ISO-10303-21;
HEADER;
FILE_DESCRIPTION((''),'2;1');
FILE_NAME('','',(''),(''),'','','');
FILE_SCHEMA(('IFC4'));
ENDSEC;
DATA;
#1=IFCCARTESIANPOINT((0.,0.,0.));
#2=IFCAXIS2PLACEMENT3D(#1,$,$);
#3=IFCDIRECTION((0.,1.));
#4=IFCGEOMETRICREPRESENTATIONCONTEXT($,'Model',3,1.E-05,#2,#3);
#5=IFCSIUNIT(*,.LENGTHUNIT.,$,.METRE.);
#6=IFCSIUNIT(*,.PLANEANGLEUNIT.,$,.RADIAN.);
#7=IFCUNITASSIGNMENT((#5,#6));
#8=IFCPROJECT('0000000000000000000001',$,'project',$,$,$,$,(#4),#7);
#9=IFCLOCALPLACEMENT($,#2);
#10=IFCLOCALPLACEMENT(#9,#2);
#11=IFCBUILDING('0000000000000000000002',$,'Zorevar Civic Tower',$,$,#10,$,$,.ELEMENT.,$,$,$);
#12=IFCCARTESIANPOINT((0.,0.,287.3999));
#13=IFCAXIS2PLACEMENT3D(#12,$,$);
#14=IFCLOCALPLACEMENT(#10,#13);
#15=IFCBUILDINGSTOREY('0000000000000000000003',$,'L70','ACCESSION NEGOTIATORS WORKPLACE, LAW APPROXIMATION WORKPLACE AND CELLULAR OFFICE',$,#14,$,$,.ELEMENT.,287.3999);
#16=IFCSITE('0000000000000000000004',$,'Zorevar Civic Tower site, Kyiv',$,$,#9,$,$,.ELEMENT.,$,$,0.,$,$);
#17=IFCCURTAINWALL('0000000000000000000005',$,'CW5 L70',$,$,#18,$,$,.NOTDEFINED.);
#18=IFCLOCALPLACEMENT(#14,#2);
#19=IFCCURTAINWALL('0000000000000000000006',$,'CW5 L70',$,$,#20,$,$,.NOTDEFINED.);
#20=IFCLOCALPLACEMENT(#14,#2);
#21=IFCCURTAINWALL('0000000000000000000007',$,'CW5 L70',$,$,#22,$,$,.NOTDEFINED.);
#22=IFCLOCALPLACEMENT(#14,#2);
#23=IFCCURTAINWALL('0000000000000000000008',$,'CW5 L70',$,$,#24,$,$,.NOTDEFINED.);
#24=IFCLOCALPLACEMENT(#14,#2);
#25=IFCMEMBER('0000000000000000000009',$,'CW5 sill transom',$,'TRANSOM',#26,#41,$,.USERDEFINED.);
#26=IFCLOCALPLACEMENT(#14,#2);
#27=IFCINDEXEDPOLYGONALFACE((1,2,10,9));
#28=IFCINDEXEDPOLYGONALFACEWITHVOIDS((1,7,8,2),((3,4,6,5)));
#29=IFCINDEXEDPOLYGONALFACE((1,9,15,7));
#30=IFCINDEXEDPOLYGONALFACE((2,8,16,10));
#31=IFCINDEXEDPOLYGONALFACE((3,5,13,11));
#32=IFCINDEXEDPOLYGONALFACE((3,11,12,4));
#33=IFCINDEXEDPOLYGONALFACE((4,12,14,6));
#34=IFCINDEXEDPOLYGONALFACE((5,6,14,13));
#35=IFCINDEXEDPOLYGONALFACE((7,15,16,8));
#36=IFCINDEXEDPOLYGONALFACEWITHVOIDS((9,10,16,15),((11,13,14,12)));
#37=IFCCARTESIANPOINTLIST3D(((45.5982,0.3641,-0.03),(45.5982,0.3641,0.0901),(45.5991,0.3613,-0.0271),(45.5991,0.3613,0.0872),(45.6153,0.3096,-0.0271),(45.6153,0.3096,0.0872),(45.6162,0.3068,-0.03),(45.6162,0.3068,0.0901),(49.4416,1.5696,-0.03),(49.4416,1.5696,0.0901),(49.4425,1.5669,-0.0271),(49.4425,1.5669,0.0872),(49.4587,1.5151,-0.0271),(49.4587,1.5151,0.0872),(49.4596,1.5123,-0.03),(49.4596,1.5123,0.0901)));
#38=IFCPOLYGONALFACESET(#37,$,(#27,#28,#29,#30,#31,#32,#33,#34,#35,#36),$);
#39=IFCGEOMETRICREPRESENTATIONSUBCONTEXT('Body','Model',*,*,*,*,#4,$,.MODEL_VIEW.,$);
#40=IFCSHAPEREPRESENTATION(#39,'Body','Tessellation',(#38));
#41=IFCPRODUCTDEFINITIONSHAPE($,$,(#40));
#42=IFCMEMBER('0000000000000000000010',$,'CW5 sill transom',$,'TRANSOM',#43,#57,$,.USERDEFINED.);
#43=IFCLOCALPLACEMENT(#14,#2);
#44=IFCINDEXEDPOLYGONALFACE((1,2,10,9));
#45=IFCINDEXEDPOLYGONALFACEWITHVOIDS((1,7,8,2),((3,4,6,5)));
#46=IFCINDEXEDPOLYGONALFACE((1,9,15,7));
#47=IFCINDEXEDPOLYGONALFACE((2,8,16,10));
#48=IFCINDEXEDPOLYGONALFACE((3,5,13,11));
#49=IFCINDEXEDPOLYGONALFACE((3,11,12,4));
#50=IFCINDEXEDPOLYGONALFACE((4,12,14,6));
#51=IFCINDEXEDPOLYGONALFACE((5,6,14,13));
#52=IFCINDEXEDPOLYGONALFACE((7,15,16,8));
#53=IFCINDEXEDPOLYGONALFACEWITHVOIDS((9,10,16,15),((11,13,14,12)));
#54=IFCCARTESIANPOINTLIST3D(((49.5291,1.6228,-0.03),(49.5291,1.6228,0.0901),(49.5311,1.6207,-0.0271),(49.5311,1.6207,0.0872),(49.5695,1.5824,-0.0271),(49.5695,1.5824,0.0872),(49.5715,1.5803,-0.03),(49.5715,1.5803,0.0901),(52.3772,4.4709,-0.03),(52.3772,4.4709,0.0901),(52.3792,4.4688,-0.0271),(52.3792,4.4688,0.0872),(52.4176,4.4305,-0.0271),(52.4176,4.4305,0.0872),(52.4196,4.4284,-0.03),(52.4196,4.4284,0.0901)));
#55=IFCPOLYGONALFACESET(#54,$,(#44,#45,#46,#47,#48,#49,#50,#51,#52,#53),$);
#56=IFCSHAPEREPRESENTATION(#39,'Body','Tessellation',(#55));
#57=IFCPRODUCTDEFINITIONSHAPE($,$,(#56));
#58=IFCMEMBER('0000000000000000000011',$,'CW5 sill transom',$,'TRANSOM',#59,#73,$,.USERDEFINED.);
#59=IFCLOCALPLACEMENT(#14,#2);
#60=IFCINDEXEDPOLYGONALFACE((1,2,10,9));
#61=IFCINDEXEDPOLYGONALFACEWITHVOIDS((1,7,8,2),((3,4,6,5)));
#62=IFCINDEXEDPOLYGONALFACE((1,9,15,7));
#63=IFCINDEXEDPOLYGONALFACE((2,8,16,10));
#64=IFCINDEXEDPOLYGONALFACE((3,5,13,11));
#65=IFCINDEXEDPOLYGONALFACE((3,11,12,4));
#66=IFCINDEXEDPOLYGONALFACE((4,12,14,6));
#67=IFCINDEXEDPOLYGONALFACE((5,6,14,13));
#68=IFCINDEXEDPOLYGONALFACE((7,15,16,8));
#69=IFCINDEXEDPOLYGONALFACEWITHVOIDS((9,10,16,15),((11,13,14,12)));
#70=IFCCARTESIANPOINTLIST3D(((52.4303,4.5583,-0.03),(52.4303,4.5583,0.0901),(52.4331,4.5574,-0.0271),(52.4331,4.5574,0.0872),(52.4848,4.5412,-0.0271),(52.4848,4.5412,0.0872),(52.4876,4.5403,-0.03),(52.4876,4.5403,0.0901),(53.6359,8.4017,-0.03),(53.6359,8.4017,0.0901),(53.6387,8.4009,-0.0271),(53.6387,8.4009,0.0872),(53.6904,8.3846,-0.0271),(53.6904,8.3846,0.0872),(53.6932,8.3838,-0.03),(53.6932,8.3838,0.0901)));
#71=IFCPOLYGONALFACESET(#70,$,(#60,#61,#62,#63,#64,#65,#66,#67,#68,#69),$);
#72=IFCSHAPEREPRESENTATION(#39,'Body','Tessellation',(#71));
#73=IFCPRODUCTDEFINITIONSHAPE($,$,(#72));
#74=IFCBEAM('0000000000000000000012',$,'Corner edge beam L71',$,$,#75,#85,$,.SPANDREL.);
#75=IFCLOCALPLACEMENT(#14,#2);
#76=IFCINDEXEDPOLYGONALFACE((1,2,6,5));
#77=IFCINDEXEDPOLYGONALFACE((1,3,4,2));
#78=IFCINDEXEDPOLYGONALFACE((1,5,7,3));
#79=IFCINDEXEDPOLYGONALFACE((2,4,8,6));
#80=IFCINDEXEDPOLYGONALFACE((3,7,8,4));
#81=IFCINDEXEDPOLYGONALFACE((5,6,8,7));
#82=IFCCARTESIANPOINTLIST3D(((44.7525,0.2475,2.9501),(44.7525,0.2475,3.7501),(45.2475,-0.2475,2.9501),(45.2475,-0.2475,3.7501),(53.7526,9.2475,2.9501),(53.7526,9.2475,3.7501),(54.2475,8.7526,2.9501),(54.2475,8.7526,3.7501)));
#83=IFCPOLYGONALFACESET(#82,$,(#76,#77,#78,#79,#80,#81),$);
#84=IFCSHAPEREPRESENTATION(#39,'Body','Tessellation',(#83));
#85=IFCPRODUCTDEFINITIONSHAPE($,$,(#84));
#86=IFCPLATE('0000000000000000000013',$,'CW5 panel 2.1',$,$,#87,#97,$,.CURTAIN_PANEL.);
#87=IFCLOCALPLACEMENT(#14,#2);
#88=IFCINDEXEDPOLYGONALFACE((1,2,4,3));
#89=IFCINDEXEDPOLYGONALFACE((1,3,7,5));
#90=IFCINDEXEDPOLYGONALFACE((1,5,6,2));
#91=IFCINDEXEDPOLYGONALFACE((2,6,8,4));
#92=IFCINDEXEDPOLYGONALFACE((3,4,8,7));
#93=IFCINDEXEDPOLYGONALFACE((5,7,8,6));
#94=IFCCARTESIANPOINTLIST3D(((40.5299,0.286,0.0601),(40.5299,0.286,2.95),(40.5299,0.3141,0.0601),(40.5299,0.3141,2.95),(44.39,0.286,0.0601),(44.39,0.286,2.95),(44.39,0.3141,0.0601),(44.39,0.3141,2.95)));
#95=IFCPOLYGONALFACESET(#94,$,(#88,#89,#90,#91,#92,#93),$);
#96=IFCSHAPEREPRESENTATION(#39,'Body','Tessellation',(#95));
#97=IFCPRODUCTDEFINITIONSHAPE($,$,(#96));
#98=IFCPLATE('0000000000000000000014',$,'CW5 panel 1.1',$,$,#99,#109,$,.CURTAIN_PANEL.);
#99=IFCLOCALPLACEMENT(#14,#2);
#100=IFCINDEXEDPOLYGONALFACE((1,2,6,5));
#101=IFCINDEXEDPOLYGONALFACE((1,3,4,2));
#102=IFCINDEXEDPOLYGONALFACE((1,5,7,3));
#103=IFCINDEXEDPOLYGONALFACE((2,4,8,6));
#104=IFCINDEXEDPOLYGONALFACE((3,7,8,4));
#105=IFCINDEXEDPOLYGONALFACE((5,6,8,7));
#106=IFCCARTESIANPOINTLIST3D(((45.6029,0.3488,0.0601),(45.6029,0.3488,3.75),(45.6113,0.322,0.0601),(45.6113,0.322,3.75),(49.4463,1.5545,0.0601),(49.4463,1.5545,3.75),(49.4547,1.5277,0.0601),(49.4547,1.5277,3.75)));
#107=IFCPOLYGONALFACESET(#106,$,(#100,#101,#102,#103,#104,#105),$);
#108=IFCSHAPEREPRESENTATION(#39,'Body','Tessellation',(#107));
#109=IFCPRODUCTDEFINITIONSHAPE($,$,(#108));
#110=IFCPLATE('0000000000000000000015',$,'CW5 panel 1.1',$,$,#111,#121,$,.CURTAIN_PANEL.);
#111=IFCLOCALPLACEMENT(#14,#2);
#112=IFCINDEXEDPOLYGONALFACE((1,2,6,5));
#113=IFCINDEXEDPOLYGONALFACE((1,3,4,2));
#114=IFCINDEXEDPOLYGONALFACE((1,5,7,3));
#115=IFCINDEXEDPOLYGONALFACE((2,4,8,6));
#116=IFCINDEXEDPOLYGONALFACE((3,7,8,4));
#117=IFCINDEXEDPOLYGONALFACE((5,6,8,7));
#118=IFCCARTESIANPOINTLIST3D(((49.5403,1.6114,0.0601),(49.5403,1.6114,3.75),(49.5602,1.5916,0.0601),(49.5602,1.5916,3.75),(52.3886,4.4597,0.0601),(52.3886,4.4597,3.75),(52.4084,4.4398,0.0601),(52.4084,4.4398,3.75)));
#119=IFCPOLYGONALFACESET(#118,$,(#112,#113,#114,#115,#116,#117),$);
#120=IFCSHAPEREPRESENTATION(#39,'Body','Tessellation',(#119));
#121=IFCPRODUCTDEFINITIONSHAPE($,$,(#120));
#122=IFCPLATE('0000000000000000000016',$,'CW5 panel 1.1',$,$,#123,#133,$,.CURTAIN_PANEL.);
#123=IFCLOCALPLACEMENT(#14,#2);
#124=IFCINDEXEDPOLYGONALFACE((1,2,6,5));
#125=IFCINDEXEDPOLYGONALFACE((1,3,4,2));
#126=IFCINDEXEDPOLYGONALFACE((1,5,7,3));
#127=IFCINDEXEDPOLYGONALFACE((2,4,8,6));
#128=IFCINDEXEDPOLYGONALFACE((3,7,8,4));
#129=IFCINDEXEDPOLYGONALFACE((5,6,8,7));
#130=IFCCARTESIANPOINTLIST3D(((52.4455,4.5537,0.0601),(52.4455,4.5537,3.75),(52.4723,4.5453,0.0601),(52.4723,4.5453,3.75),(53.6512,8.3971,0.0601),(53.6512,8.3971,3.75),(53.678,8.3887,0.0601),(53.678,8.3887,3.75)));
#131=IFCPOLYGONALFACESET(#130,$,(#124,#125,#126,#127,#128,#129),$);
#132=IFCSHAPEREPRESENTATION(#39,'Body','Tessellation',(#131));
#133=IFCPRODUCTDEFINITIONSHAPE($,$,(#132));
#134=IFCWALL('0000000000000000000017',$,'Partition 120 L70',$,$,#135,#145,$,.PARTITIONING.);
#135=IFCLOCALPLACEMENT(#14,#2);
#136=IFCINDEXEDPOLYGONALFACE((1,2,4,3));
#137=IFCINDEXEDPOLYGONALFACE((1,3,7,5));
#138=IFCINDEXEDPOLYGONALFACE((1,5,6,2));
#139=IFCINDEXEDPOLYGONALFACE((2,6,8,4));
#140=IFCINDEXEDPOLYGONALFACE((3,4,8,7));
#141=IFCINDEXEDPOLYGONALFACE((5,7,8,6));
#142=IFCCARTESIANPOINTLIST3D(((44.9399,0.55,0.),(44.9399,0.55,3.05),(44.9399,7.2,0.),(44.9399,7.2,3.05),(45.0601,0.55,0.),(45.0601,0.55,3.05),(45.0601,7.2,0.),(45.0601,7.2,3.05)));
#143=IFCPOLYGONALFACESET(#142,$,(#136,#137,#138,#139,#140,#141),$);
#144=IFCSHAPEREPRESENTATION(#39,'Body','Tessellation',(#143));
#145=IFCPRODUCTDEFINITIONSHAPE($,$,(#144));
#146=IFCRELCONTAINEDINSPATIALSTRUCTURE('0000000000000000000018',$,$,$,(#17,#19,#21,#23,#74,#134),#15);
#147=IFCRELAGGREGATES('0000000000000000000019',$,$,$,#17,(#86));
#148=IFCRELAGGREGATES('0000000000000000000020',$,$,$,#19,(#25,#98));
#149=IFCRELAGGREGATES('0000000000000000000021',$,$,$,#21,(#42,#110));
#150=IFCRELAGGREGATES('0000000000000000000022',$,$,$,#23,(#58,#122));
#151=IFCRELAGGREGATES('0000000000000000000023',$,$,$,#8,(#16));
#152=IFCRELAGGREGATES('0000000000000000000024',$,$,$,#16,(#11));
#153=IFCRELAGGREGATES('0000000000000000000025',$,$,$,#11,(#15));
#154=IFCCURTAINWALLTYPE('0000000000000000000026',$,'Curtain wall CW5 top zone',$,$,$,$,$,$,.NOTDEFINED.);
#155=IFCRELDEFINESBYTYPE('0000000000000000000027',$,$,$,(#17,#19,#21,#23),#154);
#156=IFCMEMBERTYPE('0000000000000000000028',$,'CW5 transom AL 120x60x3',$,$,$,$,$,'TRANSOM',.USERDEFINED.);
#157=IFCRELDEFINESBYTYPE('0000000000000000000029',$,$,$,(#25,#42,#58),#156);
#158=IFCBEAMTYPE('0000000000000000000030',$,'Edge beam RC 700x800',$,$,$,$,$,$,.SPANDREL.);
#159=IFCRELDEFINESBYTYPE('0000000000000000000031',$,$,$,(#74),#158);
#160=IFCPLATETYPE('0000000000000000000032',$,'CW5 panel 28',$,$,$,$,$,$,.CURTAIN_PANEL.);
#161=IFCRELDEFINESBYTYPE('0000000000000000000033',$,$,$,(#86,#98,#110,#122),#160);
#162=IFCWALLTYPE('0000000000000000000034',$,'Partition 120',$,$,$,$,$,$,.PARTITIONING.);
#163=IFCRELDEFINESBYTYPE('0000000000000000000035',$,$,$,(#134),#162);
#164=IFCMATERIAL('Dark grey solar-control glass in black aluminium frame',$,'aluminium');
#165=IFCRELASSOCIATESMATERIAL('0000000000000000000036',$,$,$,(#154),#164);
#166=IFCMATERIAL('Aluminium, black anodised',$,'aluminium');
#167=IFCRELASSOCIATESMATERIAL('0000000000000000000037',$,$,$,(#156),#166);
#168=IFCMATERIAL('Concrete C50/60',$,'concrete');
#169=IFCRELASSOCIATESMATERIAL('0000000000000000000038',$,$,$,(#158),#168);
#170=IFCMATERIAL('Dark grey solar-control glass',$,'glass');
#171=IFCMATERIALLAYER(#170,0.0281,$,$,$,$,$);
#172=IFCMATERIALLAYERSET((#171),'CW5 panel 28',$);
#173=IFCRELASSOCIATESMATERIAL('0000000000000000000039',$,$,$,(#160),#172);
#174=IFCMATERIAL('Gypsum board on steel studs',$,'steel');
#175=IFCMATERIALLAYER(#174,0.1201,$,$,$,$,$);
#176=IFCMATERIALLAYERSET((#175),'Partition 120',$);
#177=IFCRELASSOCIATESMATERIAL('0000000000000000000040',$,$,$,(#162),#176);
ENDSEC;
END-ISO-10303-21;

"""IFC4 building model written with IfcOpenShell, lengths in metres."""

from ifc_helpers import new_model, si_unit, direction, frame, frame_2d, origin, origin_2d, place, context, subcontext, project, spatial, rectangle, hollow_rectangle, extrude, material, layer, layer_set, material_profile, profile_set, type_object, element, aggregate, save


model = new_model("IFC4")

# Units and contexts
model_context = context("Model", 3, precision=1e-05, world=origin(), true_north=direction((0.0, 1.0)))
body_context = subcontext(model_context, "Body", "Model", "MODEL_VIEW")
ifc_project = project(units=[si_unit("LENGTHUNIT", "METRE"), si_unit("PLANEANGLEUNIT", "RADIAN")], contexts=[model_context])

# Site, building, storey
site_placement = place(None, origin())
site = spatial("IfcSite", under=ifc_project, at=site_placement, Name="Zorevar Civic Tower site, Kyiv", CompositionType="ELEMENT", RefElevation=0.0)
building_placement = place(site_placement, origin())
building = spatial("IfcBuilding", under=site, at=building_placement, Name="Zorevar Civic Tower", CompositionType="ELEMENT")
storey_placement = place(building_placement, frame((0.0, 0.0, 287.3999)))
storey = spatial("IfcBuildingStorey", under=building, at=storey_placement, Name="L70", Description="ACCESSION NEGOTIATORS WORKPLACE, LAW APPROXIMATION WORKPLACE AND CELLULAR OFFICE", CompositionType="ELEMENT", Elevation=287.3999)

# Curtain wall
ifc_material_1 = material(Name="Dark grey solar-control glass in black aluminium frame", Category="aluminium")
curtain_wall_type = type_object("IfcCurtainWallType", Name="Curtain wall CW5 top zone", PredefinedType="NOTDEFINED", material=ifc_material_1)
curtain_wall_1_placement = place(storey_placement, origin())
curtain_wall_1 = element("IfcCurtainWall", 1, at=curtain_wall_1_placement, inside=storey, type_object=curtain_wall_type, Name="CW5 L70", PredefinedType="NOTDEFINED")

# Curtain walls
curtain_wall_2_placement = place(storey_placement, origin())
curtain_wall_2 = element("IfcCurtainWall", 2, at=curtain_wall_2_placement, inside=storey, type_object=curtain_wall_type, Name="CW5 L70", PredefinedType="NOTDEFINED")
curtain_wall_3_placement = place(storey_placement, origin())
curtain_wall_3 = element("IfcCurtainWall", 3, at=curtain_wall_3_placement, inside=storey, type_object=curtain_wall_type, Name="CW5 L70", PredefinedType="NOTDEFINED")
curtain_wall_4_placement = place(storey_placement, origin())
curtain_wall_4 = element("IfcCurtainWall", 4, at=curtain_wall_4_placement, inside=storey, type_object=curtain_wall_type, Name="CW5 L70", PredefinedType="NOTDEFINED")

# Members
ifc_material_2 = material(Name="Aluminium, black anodised", Category="aluminium")
ifc_material_profile_1 = material_profile(ifc_material_2, hollow_rectangle(XDim=0.0601, YDim=0.1201, WallThickness=0.0029, at=origin_2d()), Name="AL 120x60x3")
ifc_profile_set_1 = profile_set([ifc_material_profile_1], Name="Aluminium, black anodised")
member_type_1 = type_object("IfcMemberType", Name="CW5 transom AL 120x60x3", ElementType="TRANSOM", PredefinedType="USERDEFINED", material=ifc_profile_set_1)
member_1_placement = place(storey_placement, frame((45.6072, 0.3354, 0.03), z_axis=(0.954163, 0.299286, 0.0), x_axis=(-0.299286, 0.954163, 0.0)))
member_1 = element("IfcMember", 5, at=member_1_placement, type_object=member_type_1, Name="CW5 sill transom", ObjectType="TRANSOM", PredefinedType="USERDEFINED", context=body_context, shape_type="SweptSolid", body=[
    extrude(hollow_rectangle(XDim=0.0601, YDim=0.1201, WallThickness=0.0029, at=origin_2d()), origin(), (0.0, 0.0, 1.0), 4.0281),
])
member_2_placement = place(storey_placement, frame((49.5503, 1.6016, 0.03), z_axis=(0.707107, 0.707107, 0.0), x_axis=(-0.707107, 0.707107, 0.0)))
member_2 = element("IfcMember", 6, at=member_2_placement, type_object=member_type_1, Name="CW5 sill transom", ObjectType="TRANSOM", PredefinedType="USERDEFINED", context=body_context, shape_type="SweptSolid", body=[
    extrude(hollow_rectangle(XDim=0.0601, YDim=0.1201, WallThickness=0.0029, at=origin_2d()), origin(), (0.0, 0.0, 1.0), 4.0278),
])
member_3_placement = place(storey_placement, frame((52.459, 4.5493, 0.03), z_axis=(0.299286, 0.954163, 0.0), x_axis=(-0.954163, 0.299286, 0.0)))
member_3 = element("IfcMember", 7, at=member_3_placement, type_object=member_type_1, Name="CW5 sill transom", ObjectType="TRANSOM", PredefinedType="USERDEFINED", context=body_context, shape_type="SweptSolid", body=[
    extrude(hollow_rectangle(XDim=0.0601, YDim=0.1201, WallThickness=0.0029, at=origin_2d()), origin(), (0.0, 0.0, 1.0), 4.0281),
])

# Beam
ifc_material_3 = material(Name="Concrete C50/60", Category="concrete")
ifc_material_profile_2 = material_profile(ifc_material_3, rectangle(XDim=0.7, YDim=0.8, at=origin_2d()), Name="RC 700x800")
ifc_profile_set_2 = profile_set([ifc_material_profile_2], Name="Concrete C50/60")
beam_type_1 = type_object("IfcBeamType", Name="Edge beam RC 700x800", PredefinedType="SPANDREL", material=ifc_profile_set_2)
beam_1_placement = place(storey_placement, frame((45.0, 0.0, 3.3501), z_axis=(0.707107, 0.707107, 0.0), x_axis=(-0.707107, 0.707107, 0.0)))
element("IfcBeam", 8, at=beam_1_placement, inside=storey, type_object=beam_type_1, Name="Corner edge beam L71", PredefinedType="SPANDREL", context=body_context, shape_type="SweptSolid", body=[
    extrude(rectangle(XDim=0.7, YDim=0.8, at=origin_2d()), origin(), (0.0, 0.0, 1.0), 12.728),
])

# Plates
ifc_material_4 = material(Name="Dark grey solar-control glass", Category="glass")
ifc_layer_1 = layer(ifc_material_4, 0.0281)
ifc_layer_set_1 = layer_set([ifc_layer_1], Name="CW5 panel 28")
plate_type = type_object("IfcPlateType", Name="CW5 panel 28", PredefinedType="CURTAIN_PANEL", material=ifc_layer_set_1)
plate_1_placement = place(storey_placement, frame((42.46, 0.3, 0.0601), z_axis=(0.0, 0.0, 1.0), x_axis=(1.0, 0.0, 0.0)))
plate_1 = element("IfcPlate", 9, at=plate_1_placement, type_object=plate_type, Name="CW5 panel 2.1", PredefinedType="CURTAIN_PANEL", context=body_context, shape_type="SweptSolid", body=[
    extrude(rectangle(XDim=3.8601, YDim=0.0281, at=origin_2d()), origin(), (0.0, 0.0, 1.0), 2.8899),
])
aggregate(curtain_wall_1, [plate_1])
plate_2_placement = place(storey_placement, frame((47.5288, 0.9382, 0.0601), z_axis=(0.0, 0.0, 1.0), x_axis=(0.954153, 0.299318, 0.0)))
plate_2 = element("IfcPlate", 10, at=plate_2_placement, type_object=plate_type, Name="CW5 panel 1.1", PredefinedType="CURTAIN_PANEL", context=body_context, shape_type="SweptSolid", body=[
    extrude(rectangle(XDim=4.0281, YDim=0.0281, at=origin_2d()), origin(), (0.0, 0.0, 1.0), 3.6899),
])
aggregate(curtain_wall_2, [member_1, plate_2])
plate_3_placement = place(storey_placement, frame((50.9744, 3.0256, 0.0601), z_axis=(0.0, 0.0, 1.0), x_axis=(0.707107, 0.707107, 0.0)))
plate_3 = element("IfcPlate", 11, at=plate_3_placement, type_object=plate_type, Name="CW5 panel 1.1", PredefinedType="CURTAIN_PANEL", context=body_context, shape_type="SweptSolid", body=[
    extrude(rectangle(XDim=4.0281, YDim=0.0281, at=origin_2d()), origin(), (0.0, 0.0, 1.0), 3.6899),
])
aggregate(curtain_wall_3, [member_2, plate_3])
plate_4_placement = place(storey_placement, frame((53.0618, 6.4712, 0.0601), z_axis=(0.0, 0.0, 1.0), x_axis=(0.299318, 0.954153, 0.0)))
plate_4 = element("IfcPlate", 12, at=plate_4_placement, type_object=plate_type, Name="CW5 panel 1.1", PredefinedType="CURTAIN_PANEL", context=body_context, shape_type="SweptSolid", body=[
    extrude(rectangle(XDim=4.0281, YDim=0.0281, at=origin_2d()), origin(), (0.0, 0.0, 1.0), 3.6899),
])
aggregate(curtain_wall_4, [member_3, plate_4])

# Wall
ifc_material_5 = material(Name="Gypsum board on steel studs", Category="steel")
ifc_layer_2 = layer(ifc_material_5, 0.1201)
ifc_layer_set_2 = layer_set([ifc_layer_2], Name="Partition 120")
wall_type = type_object("IfcWallType", Name="Partition 120", PredefinedType="PARTITIONING", material=ifc_layer_set_2)
wall_placement = place(storey_placement, frame((45.0, 0.55, 0.0), z_axis=(0.0, 0.0, 1.0), x_axis=(0.0, 1.0, 0.0)))
element("IfcWall", 13, at=wall_placement, inside=storey, type_object=wall_type, Name="Partition 120 L70", PredefinedType="PARTITIONING", context=body_context, shape_type="SweptSolid", body=[
    extrude(rectangle(XDim=6.6499, YDim=0.1201, at=frame_2d((3.325, 0.0))), origin(), (0.0, 0.0, 1.0), 3.05),
])

save(model, "model.ifc")
